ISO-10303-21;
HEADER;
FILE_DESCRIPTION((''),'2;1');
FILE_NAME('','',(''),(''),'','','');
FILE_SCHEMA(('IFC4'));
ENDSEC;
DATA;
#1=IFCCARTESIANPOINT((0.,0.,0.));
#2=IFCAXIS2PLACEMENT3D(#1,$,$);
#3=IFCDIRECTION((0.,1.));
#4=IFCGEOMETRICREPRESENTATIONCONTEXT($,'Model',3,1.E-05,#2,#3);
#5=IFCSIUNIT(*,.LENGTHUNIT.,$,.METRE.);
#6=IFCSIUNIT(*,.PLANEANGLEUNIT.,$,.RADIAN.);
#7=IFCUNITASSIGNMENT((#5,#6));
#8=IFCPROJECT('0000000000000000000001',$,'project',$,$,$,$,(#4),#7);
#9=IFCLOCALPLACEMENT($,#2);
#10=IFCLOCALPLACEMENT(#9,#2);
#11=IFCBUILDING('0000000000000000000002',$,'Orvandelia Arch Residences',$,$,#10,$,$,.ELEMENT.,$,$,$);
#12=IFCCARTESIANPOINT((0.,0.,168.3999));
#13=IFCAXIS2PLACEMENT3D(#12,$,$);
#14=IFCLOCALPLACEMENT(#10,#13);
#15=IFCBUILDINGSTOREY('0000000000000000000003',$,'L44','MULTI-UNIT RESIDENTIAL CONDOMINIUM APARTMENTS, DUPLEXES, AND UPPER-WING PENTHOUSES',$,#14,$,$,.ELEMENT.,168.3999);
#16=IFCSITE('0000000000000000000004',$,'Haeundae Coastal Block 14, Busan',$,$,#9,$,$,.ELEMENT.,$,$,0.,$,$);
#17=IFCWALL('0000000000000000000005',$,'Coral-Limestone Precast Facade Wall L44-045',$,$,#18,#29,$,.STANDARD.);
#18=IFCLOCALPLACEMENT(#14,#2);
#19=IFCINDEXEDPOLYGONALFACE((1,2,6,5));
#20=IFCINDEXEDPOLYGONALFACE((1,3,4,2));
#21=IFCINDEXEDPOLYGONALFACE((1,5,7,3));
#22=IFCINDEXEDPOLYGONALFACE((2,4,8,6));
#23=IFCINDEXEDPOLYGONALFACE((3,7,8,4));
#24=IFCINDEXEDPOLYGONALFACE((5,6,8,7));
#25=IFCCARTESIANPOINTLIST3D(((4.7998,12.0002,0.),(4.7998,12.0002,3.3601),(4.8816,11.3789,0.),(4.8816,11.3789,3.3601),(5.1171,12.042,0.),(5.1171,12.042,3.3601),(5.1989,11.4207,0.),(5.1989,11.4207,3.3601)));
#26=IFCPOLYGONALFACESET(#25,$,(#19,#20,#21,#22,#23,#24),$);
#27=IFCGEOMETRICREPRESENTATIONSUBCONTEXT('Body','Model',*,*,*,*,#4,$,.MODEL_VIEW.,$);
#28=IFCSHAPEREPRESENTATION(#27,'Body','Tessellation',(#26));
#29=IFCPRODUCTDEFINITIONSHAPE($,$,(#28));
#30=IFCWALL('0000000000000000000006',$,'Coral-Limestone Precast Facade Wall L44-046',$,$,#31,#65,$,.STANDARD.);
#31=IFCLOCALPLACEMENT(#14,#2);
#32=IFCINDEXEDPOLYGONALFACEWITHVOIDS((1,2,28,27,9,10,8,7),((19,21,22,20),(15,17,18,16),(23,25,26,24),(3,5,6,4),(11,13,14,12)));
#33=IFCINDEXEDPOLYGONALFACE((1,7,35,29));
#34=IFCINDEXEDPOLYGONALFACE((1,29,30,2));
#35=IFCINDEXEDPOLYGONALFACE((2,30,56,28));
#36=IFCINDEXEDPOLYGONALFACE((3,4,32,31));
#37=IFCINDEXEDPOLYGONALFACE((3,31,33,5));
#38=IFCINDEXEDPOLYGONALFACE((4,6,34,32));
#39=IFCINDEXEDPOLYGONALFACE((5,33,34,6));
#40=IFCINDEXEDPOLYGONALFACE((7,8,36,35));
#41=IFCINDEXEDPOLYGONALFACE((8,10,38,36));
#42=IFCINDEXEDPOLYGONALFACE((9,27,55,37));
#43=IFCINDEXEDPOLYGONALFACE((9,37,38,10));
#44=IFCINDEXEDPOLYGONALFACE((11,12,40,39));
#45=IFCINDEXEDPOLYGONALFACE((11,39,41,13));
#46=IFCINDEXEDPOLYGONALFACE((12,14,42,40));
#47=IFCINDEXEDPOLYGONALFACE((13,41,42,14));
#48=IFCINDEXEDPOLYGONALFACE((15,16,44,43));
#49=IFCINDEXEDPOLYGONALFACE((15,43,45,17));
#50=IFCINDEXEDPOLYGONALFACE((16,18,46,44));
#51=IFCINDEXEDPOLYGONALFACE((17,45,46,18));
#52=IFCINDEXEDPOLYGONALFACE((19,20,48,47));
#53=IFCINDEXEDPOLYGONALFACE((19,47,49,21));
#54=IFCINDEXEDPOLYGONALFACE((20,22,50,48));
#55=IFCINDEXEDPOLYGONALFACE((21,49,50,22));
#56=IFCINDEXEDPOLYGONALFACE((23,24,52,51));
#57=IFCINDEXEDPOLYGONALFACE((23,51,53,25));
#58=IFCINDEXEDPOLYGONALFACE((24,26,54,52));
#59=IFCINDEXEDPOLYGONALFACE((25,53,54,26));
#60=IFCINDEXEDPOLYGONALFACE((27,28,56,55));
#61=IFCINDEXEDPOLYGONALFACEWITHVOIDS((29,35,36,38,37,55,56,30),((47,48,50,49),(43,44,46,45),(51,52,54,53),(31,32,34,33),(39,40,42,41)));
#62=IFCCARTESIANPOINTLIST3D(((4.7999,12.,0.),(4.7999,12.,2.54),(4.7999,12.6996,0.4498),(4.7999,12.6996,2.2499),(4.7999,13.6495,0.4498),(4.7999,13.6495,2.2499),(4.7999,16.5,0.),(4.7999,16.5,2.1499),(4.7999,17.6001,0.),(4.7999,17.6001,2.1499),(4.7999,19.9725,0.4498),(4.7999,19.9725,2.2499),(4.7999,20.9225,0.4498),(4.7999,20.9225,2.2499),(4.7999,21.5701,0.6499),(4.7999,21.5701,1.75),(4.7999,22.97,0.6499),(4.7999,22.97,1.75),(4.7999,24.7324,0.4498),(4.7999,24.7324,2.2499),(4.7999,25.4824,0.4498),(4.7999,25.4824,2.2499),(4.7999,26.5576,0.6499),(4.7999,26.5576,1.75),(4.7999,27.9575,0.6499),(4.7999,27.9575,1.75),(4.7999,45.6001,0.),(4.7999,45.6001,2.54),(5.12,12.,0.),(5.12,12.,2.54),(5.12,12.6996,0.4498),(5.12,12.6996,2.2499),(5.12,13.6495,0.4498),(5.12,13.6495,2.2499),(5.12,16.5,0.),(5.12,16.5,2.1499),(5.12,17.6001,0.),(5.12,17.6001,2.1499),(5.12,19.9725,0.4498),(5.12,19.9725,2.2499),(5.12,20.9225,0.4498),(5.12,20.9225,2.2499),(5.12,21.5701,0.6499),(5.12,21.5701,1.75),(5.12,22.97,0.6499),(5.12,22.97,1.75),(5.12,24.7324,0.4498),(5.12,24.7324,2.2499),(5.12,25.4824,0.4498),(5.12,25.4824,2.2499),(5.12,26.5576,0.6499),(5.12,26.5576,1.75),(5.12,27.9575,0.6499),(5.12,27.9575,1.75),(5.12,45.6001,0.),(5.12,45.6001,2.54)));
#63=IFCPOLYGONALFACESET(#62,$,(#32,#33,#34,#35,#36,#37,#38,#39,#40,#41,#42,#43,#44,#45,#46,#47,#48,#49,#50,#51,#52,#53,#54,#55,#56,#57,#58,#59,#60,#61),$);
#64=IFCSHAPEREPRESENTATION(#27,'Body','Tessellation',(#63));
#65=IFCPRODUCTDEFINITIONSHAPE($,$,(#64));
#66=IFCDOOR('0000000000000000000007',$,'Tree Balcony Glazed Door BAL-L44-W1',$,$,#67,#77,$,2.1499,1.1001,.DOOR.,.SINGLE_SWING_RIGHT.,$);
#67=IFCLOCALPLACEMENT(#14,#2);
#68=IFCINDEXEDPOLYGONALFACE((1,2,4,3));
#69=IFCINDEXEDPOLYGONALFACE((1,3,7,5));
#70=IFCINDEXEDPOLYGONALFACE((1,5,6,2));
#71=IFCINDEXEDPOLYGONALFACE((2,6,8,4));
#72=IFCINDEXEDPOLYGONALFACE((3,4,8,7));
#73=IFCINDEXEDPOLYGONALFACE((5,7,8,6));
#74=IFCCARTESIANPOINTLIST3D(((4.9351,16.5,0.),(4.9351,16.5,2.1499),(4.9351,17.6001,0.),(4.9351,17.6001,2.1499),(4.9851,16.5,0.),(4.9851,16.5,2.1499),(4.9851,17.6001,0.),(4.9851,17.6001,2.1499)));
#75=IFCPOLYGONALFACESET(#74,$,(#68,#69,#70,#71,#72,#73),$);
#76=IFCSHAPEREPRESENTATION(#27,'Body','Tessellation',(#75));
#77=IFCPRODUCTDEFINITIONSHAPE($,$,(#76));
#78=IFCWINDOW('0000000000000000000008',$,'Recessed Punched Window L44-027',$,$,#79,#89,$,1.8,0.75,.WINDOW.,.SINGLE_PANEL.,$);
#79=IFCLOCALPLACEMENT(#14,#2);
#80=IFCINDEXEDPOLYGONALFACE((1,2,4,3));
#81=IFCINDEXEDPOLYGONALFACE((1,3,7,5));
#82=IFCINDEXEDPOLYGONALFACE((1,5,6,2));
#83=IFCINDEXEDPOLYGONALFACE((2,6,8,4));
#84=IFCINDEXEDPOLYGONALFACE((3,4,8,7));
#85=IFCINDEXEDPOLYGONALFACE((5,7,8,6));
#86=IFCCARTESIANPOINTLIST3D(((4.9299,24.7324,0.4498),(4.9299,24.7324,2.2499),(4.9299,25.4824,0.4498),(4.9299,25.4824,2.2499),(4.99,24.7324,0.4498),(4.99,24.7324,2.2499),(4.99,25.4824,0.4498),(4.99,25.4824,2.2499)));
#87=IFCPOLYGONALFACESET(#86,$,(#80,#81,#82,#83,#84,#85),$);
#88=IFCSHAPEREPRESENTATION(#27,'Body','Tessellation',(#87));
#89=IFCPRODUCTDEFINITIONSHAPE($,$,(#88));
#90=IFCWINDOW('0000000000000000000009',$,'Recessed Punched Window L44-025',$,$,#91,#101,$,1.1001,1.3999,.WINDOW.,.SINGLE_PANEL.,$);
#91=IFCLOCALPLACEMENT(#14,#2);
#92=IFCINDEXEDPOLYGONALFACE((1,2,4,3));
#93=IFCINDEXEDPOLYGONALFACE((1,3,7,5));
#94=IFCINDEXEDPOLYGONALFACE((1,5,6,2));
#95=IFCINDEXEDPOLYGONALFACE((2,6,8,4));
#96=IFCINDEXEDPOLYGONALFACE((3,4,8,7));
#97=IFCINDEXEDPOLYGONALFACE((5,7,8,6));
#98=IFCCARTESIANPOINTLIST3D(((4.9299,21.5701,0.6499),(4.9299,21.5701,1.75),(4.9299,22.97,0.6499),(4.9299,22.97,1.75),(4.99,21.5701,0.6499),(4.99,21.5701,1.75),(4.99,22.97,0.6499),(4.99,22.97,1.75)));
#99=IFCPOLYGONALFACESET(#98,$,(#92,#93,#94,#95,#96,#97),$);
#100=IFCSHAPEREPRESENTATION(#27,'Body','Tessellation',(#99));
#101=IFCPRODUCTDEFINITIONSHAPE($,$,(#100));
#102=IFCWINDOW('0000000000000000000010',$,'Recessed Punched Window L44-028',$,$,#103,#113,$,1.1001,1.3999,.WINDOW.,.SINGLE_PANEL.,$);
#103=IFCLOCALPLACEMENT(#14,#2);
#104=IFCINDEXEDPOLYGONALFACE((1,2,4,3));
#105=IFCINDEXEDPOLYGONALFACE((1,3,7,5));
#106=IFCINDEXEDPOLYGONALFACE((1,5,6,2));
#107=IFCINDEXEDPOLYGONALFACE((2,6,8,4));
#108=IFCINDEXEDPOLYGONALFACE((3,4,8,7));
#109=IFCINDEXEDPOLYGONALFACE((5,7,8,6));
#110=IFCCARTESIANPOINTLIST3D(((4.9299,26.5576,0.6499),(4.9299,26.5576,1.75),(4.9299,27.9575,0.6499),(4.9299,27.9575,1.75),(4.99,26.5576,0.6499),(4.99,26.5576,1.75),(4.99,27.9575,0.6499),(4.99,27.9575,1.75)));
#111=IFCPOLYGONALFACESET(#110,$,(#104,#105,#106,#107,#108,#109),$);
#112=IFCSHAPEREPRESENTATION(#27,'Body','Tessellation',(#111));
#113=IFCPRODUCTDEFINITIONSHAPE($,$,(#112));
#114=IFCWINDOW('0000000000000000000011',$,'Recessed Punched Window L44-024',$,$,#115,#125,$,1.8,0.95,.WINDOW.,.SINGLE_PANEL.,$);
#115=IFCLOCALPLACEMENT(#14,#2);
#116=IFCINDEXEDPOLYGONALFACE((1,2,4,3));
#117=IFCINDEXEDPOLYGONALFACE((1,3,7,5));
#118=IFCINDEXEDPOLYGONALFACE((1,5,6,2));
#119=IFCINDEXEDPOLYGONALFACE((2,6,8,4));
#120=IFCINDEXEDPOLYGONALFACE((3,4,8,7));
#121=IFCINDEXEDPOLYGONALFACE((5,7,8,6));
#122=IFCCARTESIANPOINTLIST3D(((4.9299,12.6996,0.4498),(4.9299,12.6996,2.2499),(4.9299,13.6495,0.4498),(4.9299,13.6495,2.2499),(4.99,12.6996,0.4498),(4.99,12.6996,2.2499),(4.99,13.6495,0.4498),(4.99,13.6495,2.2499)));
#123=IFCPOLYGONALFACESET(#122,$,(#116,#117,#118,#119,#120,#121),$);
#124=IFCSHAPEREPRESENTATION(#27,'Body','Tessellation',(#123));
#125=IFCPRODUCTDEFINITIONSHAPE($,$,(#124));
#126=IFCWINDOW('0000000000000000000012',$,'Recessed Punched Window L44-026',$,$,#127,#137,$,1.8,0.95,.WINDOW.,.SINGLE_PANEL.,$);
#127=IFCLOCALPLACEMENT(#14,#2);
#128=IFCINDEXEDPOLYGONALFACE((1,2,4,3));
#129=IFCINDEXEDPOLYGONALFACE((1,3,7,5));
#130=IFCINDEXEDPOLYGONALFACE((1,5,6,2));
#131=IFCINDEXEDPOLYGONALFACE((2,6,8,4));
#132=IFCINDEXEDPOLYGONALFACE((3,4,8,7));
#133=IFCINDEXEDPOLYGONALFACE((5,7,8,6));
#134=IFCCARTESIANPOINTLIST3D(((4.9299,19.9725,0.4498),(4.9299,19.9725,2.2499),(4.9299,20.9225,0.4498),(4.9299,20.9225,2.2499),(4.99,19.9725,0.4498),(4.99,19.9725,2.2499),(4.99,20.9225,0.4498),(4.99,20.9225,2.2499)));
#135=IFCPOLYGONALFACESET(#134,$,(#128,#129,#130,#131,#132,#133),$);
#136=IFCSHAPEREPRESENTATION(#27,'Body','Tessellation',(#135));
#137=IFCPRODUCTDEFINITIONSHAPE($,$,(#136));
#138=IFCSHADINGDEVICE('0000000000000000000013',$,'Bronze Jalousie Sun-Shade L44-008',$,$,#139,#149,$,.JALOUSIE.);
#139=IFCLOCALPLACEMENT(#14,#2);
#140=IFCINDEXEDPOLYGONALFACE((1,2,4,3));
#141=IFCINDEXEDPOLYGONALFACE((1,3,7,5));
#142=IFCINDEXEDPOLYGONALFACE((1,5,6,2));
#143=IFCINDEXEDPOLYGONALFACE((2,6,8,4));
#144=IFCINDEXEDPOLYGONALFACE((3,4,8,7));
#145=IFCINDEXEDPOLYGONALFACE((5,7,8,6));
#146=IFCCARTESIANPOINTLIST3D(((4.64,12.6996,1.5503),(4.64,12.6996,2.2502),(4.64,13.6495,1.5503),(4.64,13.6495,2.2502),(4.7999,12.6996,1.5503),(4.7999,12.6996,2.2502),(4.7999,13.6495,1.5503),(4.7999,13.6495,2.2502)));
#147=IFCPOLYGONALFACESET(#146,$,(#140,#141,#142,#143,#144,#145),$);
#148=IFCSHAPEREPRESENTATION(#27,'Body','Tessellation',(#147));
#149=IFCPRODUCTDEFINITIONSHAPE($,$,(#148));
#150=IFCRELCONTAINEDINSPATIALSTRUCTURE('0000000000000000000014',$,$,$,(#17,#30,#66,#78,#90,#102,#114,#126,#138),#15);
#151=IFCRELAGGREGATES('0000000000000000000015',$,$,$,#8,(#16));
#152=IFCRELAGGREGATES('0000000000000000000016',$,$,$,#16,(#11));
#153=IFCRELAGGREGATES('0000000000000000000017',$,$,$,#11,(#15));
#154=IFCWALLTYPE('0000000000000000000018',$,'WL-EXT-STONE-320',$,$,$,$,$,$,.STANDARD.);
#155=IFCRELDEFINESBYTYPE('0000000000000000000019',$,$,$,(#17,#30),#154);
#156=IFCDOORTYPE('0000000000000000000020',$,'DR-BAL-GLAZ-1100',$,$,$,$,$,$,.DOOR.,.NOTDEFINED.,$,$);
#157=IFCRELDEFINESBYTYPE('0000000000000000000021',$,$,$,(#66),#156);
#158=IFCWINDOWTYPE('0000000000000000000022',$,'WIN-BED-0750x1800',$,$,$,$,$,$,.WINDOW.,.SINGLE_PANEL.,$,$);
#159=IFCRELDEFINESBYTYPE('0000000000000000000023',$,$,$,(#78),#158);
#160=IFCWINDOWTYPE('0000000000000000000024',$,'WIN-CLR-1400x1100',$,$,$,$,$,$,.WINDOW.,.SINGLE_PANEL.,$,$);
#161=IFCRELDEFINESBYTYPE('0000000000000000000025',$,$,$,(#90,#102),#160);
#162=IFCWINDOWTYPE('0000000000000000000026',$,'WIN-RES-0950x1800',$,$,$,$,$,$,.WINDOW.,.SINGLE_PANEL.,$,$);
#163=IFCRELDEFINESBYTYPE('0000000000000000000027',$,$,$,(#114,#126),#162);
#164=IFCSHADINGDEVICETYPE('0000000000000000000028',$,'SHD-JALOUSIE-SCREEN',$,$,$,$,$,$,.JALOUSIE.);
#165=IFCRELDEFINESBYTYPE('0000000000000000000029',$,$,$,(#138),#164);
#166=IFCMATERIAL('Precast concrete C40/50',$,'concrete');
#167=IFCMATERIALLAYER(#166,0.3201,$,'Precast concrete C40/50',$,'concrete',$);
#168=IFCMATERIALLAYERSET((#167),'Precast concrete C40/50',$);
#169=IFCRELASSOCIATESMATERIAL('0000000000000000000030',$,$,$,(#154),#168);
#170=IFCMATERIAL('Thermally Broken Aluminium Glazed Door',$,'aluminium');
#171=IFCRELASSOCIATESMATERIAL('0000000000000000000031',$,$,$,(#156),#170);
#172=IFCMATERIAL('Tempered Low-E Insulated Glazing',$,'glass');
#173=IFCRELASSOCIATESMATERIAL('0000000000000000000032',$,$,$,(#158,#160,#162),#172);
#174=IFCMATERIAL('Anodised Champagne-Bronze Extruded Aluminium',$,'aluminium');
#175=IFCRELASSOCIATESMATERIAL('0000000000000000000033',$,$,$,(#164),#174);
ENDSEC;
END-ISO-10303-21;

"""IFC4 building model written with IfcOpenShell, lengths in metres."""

from ifc_helpers import new_model, si_unit, direction, frame, frame_2d, origin, origin_2d, place, context, subcontext, project, spatial, rectangle, extrude, material, layer, layer_set, type_object, element, fill, save


model = new_model("IFC4")

# Units and contexts
model_context = context("Model", 3, precision=1e-05, world=origin(), true_north=direction((0.0, 1.0)))
body_context = subcontext(model_context, "Body", "Model", "MODEL_VIEW")
ifc_project = project(units=[si_unit("LENGTHUNIT", "METRE"), si_unit("PLANEANGLEUNIT", "RADIAN")], contexts=[model_context])

# Site, building, storey
site_placement = place(None, origin())
site = spatial("IfcSite", under=ifc_project, at=site_placement, Name="Haeundae Coastal Block 14, Busan", CompositionType="ELEMENT", RefElevation=0.0)
building_placement = place(site_placement, origin())
building = spatial("IfcBuilding", under=site, at=building_placement, Name="Orvandelia Arch Residences", CompositionType="ELEMENT")
storey_placement = place(building_placement, frame((0.0, 0.0, 168.3999)))
storey = spatial("IfcBuildingStorey", under=building, at=storey_placement, Name="L44", Description="MULTI-UNIT RESIDENTIAL CONDOMINIUM APARTMENTS, DUPLEXES, AND UPPER-WING PENTHOUSES", CompositionType="ELEMENT", Elevation=168.3999)

# Shared definitions
ifc_material_1 = material(Name="Precast concrete C40/50", Category="concrete")

# Wall
ifc_layer_1 = layer(ifc_material_1, 0.3201, Name="Precast concrete C40/50", Category="concrete")
ifc_layer_set_1 = layer_set([ifc_layer_1], Name="Precast concrete C40/50")
wall_type_1 = type_object("IfcWallType", Name="WL-EXT-STONE-320", PredefinedType="STANDARD", material=ifc_layer_set_1)
wall_1_placement = place(storey_placement, frame((5.0403, 11.3997, 0.0), z_axis=(0.0, 0.0, 1.0), x_axis=(-0.130505, 0.991448, 0.0)))
element("IfcWall", 1, at=wall_1_placement, inside=storey, type_object=wall_type_1, Name="Coral-Limestone Precast Facade Wall L44-045", PredefinedType="STANDARD", context=body_context, shape_type="SweptSolid", body=[
    extrude(rectangle(XDim=0.6267, YDim=0.3201, at=frame_2d((0.3135, 0.0))), origin(), (0.0, 0.0, 1.0), 3.3601),
])

# Wall, openings, door, windows
wall_2_placement = place(storey_placement, frame((4.96, 12.0, 0.0), z_axis=(0.0, 0.0, 1.0), x_axis=(0.0, 1.0, 0.0)))
wall_2 = element("IfcWall", 2, at=wall_2_placement, inside=storey, type_object=wall_type_1, Name="Coral-Limestone Precast Facade Wall L44-046", PredefinedType="STANDARD", context=body_context, shape_type="SweptSolid", body=[
    extrude(rectangle(XDim=33.6001, YDim=0.3201, at=frame_2d((16.8, 0.0))), origin(), (0.0, 0.0, 1.0), 2.54),
])
opening_1_placement = place(wall_2_placement, frame((4.5, 0.0, 0.0)))
opening_1 = element("IfcOpeningElement", 3, at=opening_1_placement, cuts=wall_2, PredefinedType="OPENING", context=body_context, shape_type="SweptSolid", body=[
    extrude(rectangle(XDim=1.1001, YDim=2.1499, at=frame_2d((0.55, 1.075))), frame((0.0, 0.1699, 0.0), z_axis=(0.0, -1.0, 0.0), x_axis=(1.0, 0.0, 0.0)), (0.0, 0.0, 1.0), 0.3401),
])
opening_2_placement = place(wall_2_placement, frame((0.6995, 0.0, 0.45)))
opening_2 = element("IfcOpeningElement", 4, at=opening_2_placement, cuts=wall_2, PredefinedType="OPENING", context=body_context, shape_type="SweptSolid", body=[
    extrude(rectangle(XDim=0.95, YDim=1.8, at=frame_2d((0.4751, 0.8999))), frame((0.0, 0.1699, 0.0), z_axis=(0.0, -1.0, 0.0), x_axis=(1.0, 0.0, 0.0)), (0.0, 0.0, 1.0), 0.3401),
])
opening_3_placement = place(wall_2_placement, frame((9.5701, 0.0, 0.6499)))
opening_3 = element("IfcOpeningElement", 5, at=opening_3_placement, cuts=wall_2, PredefinedType="OPENING", context=body_context, shape_type="SweptSolid", body=[
    extrude(rectangle(XDim=1.3999, YDim=1.1001, at=frame_2d((0.7, 0.55))), frame((0.0, 0.1699, 0.0), z_axis=(0.0, -1.0, 0.0), x_axis=(1.0, 0.0, 0.0)), (0.0, 0.0, 1.0), 0.3401),
])
opening_4_placement = place(wall_2_placement, frame((7.9724, 0.0, 0.45)))
opening_4 = element("IfcOpeningElement", 6, at=opening_4_placement, cuts=wall_2, PredefinedType="OPENING", context=body_context, shape_type="SweptSolid", body=[
    extrude(rectangle(XDim=0.95, YDim=1.8, at=frame_2d((0.4751, 0.8999))), frame((0.0, 0.1699, 0.0), z_axis=(0.0, -1.0, 0.0), x_axis=(1.0, 0.0, 0.0)), (0.0, 0.0, 1.0), 0.3401),
])
opening_5_placement = place(wall_2_placement, frame((12.7324, 0.0, 0.45)))
opening_5 = element("IfcOpeningElement", 7, at=opening_5_placement, cuts=wall_2, PredefinedType="OPENING", context=body_context, shape_type="SweptSolid", body=[
    extrude(rectangle(XDim=0.75, YDim=1.8, at=frame_2d((0.375, 0.8999))), frame((0.0, 0.1699, 0.0), z_axis=(0.0, -1.0, 0.0), x_axis=(1.0, 0.0, 0.0)), (0.0, 0.0, 1.0), 0.3401),
])
opening_6_placement = place(wall_2_placement, frame((14.5576, 0.0, 0.6499)))
opening_6 = element("IfcOpeningElement", 8, at=opening_6_placement, cuts=wall_2, PredefinedType="OPENING", context=body_context, shape_type="SweptSolid", body=[
    extrude(rectangle(XDim=1.3999, YDim=1.1001, at=frame_2d((0.7, 0.55))), frame((0.0, 0.1699, 0.0), z_axis=(0.0, -1.0, 0.0), x_axis=(1.0, 0.0, 0.0)), (0.0, 0.0, 1.0), 0.3401),
])
ifc_material_2 = material(Name="Thermally Broken Aluminium Glazed Door", Category="aluminium")
door_type_1 = type_object("IfcDoorType", Name="DR-BAL-GLAZ-1100", OperationType="NOTDEFINED", PredefinedType="DOOR", material=ifc_material_2)
door_1_placement = place(opening_1_placement, origin())
door_1 = element("IfcDoor", 9, at=door_1_placement, inside=storey, type_object=door_type_1, Name="Tree Balcony Glazed Door BAL-L44-W1", OperationType="SINGLE_SWING_RIGHT", OverallHeight=2.1499, OverallWidth=1.1001, PredefinedType="DOOR", context=body_context, shape_type="SweptSolid", body=[
    extrude(rectangle(XDim=1.1001, YDim=2.1499, at=frame_2d((0.55, 1.075))), frame((0.0, 0.0249, 0.0), z_axis=(0.0, -1.0, 0.0), x_axis=(1.0, 0.0, 0.0)), (0.0, 0.0, 1.0), 0.05),
])
fill(opening_1, door_1)
ifc_material_3 = material(Name="Tempered Low-E Insulated Glazing", Category="glass")
window_type_1 = type_object("IfcWindowType", Name="WIN-BED-0750x1800", PartitioningType="SINGLE_PANEL", PredefinedType="WINDOW", material=ifc_material_3)
window_1_placement = place(opening_5_placement, origin())
window_1 = element("IfcWindow", 10, at=window_1_placement, inside=storey, type_object=window_type_1, Name="Recessed Punched Window L44-027", OverallHeight=1.8, OverallWidth=0.75, PartitioningType="SINGLE_PANEL", PredefinedType="WINDOW", context=body_context, shape_type="SweptSolid", body=[
    extrude(rectangle(XDim=0.75, YDim=1.8, at=frame_2d((0.375, 0.8999))), frame((0.0, 0.03, 0.0), z_axis=(0.0, -1.0, 0.0), x_axis=(1.0, 0.0, 0.0)), (0.0, 0.0, 1.0), 0.0601),
])
fill(opening_5, window_1)
window_type_2 = type_object("IfcWindowType", Name="WIN-CLR-1400x1100", PartitioningType="SINGLE_PANEL", PredefinedType="WINDOW", material=ifc_material_3)
window_2_placement = place(opening_3_placement, origin())
window_2 = element("IfcWindow", 11, at=window_2_placement, inside=storey, type_object=window_type_2, Name="Recessed Punched Window L44-025", OverallHeight=1.1001, OverallWidth=1.3999, PartitioningType="SINGLE_PANEL", PredefinedType="WINDOW", context=body_context, shape_type="SweptSolid", body=[
    extrude(rectangle(XDim=1.3999, YDim=1.1001, at=frame_2d((0.7, 0.55))), frame((0.0, 0.03, 0.0), z_axis=(0.0, -1.0, 0.0), x_axis=(1.0, 0.0, 0.0)), (0.0, 0.0, 1.0), 0.0601),
])
fill(opening_3, window_2)
window_3_placement = place(opening_6_placement, origin())
window_3 = element("IfcWindow", 12, at=window_3_placement, inside=storey, type_object=window_type_2, Name="Recessed Punched Window L44-028", OverallHeight=1.1001, OverallWidth=1.3999, PartitioningType="SINGLE_PANEL", PredefinedType="WINDOW", context=body_context, shape_type="SweptSolid", body=[
    extrude(rectangle(XDim=1.3999, YDim=1.1001, at=frame_2d((0.7, 0.55))), frame((0.0, 0.03, 0.0), z_axis=(0.0, -1.0, 0.0), x_axis=(1.0, 0.0, 0.0)), (0.0, 0.0, 1.0), 0.0601),
])
fill(opening_6, window_3)
window_type_3 = type_object("IfcWindowType", Name="WIN-RES-0950x1800", PartitioningType="SINGLE_PANEL", PredefinedType="WINDOW", material=ifc_material_3)
window_4_placement = place(opening_2_placement, origin())
window_4 = element("IfcWindow", 13, at=window_4_placement, inside=storey, type_object=window_type_3, Name="Recessed Punched Window L44-024", OverallHeight=1.8, OverallWidth=0.95, PartitioningType="SINGLE_PANEL", PredefinedType="WINDOW", context=body_context, shape_type="SweptSolid", body=[
    extrude(rectangle(XDim=0.95, YDim=1.8, at=frame_2d((0.4751, 0.8999))), frame((0.0, 0.03, 0.0), z_axis=(0.0, -1.0, 0.0), x_axis=(1.0, 0.0, 0.0)), (0.0, 0.0, 1.0), 0.0601),
])
fill(opening_2, window_4)
window_5_placement = place(opening_4_placement, origin())
window_5 = element("IfcWindow", 14, at=window_5_placement, inside=storey, type_object=window_type_3, Name="Recessed Punched Window L44-026", OverallHeight=1.8, OverallWidth=0.95, PartitioningType="SINGLE_PANEL", PredefinedType="WINDOW", context=body_context, shape_type="SweptSolid", body=[
    extrude(rectangle(XDim=0.95, YDim=1.8, at=frame_2d((0.4751, 0.8999))), frame((0.0, 0.03, 0.0), z_axis=(0.0, -1.0, 0.0), x_axis=(1.0, 0.0, 0.0)), (0.0, 0.0, 1.0), 0.0601),
])
fill(opening_4, window_5)

# Shading device
ifc_material_4 = material(Name="Anodised Champagne-Bronze Extruded Aluminium", Category="aluminium")
shading_device_type = type_object("IfcShadingDeviceType", Name="SHD-JALOUSIE-SCREEN", PredefinedType="JALOUSIE", material=ifc_material_4)
shading_device_placement = place(storey_placement, frame((4.72, 13.1746, 1.5503), z_axis=(0.0, 0.0, 1.0), x_axis=(0.0, 1.0, 0.0)))
element("IfcShadingDevice", 15, at=shading_device_placement, inside=storey, type_object=shading_device_type, Name="Bronze Jalousie Sun-Shade L44-008", PredefinedType="JALOUSIE", context=body_context, shape_type="SweptSolid", body=[
    extrude(rectangle(XDim=0.95, YDim=0.1599, at=origin_2d()), origin(), (0.0, 0.0, 1.0), 0.7),
])

save(model, "model.ifc")
